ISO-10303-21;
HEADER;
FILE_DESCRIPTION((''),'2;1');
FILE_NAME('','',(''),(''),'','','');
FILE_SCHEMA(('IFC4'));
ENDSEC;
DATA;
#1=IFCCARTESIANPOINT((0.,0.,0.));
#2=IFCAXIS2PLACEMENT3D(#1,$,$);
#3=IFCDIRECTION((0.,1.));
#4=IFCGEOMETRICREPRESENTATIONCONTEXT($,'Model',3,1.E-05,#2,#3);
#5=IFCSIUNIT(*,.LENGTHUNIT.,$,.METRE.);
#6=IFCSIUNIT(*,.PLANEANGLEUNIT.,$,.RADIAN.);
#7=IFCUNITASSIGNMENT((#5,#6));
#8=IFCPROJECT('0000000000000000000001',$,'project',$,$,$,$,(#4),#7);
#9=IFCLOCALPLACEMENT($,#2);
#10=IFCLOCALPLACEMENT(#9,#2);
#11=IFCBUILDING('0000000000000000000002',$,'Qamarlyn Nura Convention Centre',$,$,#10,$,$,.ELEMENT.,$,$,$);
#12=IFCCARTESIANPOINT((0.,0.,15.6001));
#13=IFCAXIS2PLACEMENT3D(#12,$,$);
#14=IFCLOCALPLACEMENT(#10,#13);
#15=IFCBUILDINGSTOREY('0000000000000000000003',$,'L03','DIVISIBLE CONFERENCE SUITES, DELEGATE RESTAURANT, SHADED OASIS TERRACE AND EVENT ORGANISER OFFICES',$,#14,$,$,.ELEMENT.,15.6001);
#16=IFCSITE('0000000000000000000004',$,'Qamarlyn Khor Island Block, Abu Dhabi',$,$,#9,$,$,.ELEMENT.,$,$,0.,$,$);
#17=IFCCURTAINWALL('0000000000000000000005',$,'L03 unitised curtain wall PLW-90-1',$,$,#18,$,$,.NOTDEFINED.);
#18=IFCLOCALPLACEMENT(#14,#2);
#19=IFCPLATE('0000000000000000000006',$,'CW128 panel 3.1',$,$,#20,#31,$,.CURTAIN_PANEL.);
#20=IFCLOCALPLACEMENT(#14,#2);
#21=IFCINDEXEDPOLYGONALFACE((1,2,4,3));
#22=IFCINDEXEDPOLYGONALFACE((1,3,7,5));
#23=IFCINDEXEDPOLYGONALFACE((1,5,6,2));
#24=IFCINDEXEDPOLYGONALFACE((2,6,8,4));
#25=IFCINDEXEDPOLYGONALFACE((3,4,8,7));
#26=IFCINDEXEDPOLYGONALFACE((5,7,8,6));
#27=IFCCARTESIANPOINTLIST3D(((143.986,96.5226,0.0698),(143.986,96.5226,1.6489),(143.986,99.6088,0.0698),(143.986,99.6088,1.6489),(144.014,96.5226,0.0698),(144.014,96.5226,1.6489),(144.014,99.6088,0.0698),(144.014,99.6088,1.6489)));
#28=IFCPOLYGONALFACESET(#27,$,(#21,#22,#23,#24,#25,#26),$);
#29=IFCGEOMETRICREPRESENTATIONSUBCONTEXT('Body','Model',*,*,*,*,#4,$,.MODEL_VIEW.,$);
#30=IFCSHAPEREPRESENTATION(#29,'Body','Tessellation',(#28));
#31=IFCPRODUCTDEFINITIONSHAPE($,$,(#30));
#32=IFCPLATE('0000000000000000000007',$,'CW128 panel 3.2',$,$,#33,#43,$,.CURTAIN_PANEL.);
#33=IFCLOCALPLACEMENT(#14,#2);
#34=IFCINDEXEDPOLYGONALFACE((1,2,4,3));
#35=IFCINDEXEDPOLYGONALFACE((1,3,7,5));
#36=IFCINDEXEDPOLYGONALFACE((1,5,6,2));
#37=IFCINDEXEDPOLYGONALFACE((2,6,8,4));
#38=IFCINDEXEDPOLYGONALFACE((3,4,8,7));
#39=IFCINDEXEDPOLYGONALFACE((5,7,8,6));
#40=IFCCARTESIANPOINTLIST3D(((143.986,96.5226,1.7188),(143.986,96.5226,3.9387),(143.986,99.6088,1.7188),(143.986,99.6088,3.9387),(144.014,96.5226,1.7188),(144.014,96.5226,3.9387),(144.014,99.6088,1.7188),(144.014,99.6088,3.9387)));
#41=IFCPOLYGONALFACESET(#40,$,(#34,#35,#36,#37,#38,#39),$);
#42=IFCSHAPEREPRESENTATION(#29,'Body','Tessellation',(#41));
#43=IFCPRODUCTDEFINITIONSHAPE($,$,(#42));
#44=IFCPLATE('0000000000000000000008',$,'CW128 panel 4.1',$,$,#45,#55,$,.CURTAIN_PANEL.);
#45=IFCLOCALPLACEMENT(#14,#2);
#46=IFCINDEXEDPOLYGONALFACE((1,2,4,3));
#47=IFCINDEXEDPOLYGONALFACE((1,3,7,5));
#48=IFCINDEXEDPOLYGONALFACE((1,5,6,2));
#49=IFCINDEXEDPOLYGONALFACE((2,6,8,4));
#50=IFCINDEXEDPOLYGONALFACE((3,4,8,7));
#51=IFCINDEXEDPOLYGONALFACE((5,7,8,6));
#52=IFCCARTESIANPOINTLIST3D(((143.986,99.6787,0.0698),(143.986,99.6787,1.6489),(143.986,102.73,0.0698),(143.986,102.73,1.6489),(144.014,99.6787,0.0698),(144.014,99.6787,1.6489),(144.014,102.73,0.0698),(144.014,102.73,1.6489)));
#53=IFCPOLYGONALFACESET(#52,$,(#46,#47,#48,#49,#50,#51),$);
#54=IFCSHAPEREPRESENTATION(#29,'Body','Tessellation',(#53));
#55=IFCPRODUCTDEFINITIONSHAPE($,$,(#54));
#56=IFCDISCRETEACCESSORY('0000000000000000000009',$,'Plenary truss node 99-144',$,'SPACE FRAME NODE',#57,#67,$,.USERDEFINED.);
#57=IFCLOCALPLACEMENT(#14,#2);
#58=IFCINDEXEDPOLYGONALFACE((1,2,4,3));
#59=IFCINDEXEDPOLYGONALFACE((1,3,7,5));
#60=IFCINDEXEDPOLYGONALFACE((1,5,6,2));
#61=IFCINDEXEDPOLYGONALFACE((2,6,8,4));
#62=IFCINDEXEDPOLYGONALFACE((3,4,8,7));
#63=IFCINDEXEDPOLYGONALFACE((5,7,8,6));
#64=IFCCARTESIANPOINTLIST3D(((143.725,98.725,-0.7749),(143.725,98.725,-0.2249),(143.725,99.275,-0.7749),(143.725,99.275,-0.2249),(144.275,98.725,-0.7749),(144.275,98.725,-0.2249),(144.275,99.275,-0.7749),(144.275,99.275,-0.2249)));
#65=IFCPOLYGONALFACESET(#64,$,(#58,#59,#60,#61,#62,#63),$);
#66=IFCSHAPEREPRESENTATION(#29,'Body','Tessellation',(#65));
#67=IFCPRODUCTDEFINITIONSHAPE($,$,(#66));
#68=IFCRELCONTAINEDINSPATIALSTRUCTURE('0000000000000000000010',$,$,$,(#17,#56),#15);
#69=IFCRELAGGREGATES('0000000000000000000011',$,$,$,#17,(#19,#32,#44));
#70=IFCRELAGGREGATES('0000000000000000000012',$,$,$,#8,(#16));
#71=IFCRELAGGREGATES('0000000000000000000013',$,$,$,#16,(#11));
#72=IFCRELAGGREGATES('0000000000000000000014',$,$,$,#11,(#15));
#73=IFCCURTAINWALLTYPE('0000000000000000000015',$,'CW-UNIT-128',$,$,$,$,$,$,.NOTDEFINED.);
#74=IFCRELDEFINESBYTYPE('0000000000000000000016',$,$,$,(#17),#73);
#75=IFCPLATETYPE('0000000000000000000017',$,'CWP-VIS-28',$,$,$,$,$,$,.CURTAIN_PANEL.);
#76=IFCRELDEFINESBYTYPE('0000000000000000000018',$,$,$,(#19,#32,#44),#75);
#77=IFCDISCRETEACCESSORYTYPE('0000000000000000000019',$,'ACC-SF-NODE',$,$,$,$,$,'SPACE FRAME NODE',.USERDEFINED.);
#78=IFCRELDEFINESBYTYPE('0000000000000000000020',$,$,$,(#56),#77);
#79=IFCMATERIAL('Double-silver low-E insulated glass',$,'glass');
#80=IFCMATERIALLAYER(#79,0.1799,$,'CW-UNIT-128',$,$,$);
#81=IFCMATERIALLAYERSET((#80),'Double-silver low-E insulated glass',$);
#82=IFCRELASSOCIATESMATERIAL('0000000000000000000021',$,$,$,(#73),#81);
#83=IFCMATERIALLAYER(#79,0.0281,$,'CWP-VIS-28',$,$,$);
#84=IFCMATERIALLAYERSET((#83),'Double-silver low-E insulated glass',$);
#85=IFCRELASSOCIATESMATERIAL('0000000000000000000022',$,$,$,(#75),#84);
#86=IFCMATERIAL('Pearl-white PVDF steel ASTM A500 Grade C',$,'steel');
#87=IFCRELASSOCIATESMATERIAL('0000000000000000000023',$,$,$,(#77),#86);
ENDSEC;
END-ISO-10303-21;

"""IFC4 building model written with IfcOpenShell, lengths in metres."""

from ifc_helpers import new_model, si_unit, direction, frame, origin, origin_2d, place, context, subcontext, project, spatial, rectangle, extrude, material, layer, layer_set, type_object, element, aggregate, save


model = new_model("IFC4")

# Units and contexts
model_context = context("Model", 3, precision=1e-05, world=origin(), true_north=direction((0.0, 1.0)))
body_context = subcontext(model_context, "Body", "Model", "MODEL_VIEW")
ifc_project = project(units=[si_unit("LENGTHUNIT", "METRE"), si_unit("PLANEANGLEUNIT", "RADIAN")], contexts=[model_context])

# Site, building, storey
site_placement = place(None, origin())
site = spatial("IfcSite", under=ifc_project, at=site_placement, Name="Qamarlyn Khor Island Block, Abu Dhabi", CompositionType="ELEMENT", RefElevation=0.0)
building_placement = place(site_placement, origin())
building = spatial("IfcBuilding", under=site, at=building_placement, Name="Qamarlyn Nura Convention Centre", CompositionType="ELEMENT")
storey_placement = place(building_placement, frame((0.0, 0.0, 15.6001)))
storey = spatial("IfcBuildingStorey", under=building, at=storey_placement, Name="L03", Description="DIVISIBLE CONFERENCE SUITES, DELEGATE RESTAURANT, SHADED OASIS TERRACE AND EVENT ORGANISER OFFICES", CompositionType="ELEMENT", Elevation=15.6001)

# Curtain wall, plates
ifc_material_1 = material(Name="Double-silver low-E insulated glass", Category="glass")
ifc_layer_1 = layer(ifc_material_1, 0.1799, Name="CW-UNIT-128")
ifc_layer_set_1 = layer_set([ifc_layer_1], Name="Double-silver low-E insulated glass")
curtain_wall_type = type_object("IfcCurtainWallType", Name="CW-UNIT-128", PredefinedType="NOTDEFINED", material=ifc_layer_set_1)
curtain_wall_placement = place(storey_placement, origin())
curtain_wall = element("IfcCurtainWall", 1, at=curtain_wall_placement, inside=storey, type_object=curtain_wall_type, Name="L03 unitised curtain wall PLW-90-1", PredefinedType="NOTDEFINED")
ifc_layer_2 = layer(ifc_material_1, 0.0281, Name="CWP-VIS-28")
ifc_layer_set_2 = layer_set([ifc_layer_2], Name="Double-silver low-E insulated glass")
plate_type = type_object("IfcPlateType", Name="CWP-VIS-28", PredefinedType="CURTAIN_PANEL", material=ifc_layer_set_2)
plate_1_placement = place(storey_placement, frame((144.0, 98.0657, 0.0698), z_axis=(0.0, 0.0, 1.0), x_axis=(0.0, 1.0, 0.0)))
plate_1 = element("IfcPlate", 2, at=plate_1_placement, type_object=plate_type, Name="CW128 panel 3.1", PredefinedType="CURTAIN_PANEL", context=body_context, shape_type="SweptSolid", body=[
    extrude(rectangle(XDim=3.0862, YDim=0.0281, at=origin_2d()), origin(), (0.0, 0.0, 1.0), 1.5791),
])
plate_2_placement = place(storey_placement, frame((144.0, 98.0657, 1.7188), z_axis=(0.0, 0.0, 1.0), x_axis=(0.0, 1.0, 0.0)))
plate_2 = element("IfcPlate", 3, at=plate_2_placement, type_object=plate_type, Name="CW128 panel 3.2", PredefinedType="CURTAIN_PANEL", context=body_context, shape_type="SweptSolid", body=[
    extrude(rectangle(XDim=3.0862, YDim=0.0281, at=origin_2d()), origin(), (0.0, 0.0, 1.0), 2.22),
])
plate_3_placement = place(storey_placement, frame((144.0, 101.2043, 0.0698), z_axis=(0.0, 0.0, 1.0), x_axis=(0.0, 1.0, 0.0)))
plate_3 = element("IfcPlate", 4, at=plate_3_placement, type_object=plate_type, Name="CW128 panel 4.1", PredefinedType="CURTAIN_PANEL", context=body_context, shape_type="SweptSolid", body=[
    extrude(rectangle(XDim=3.0513, YDim=0.0281, at=origin_2d()), origin(), (0.0, 0.0, 1.0), 1.5791),
])
aggregate(curtain_wall, [plate_1, plate_2, plate_3])

# Discrete accessory
ifc_material_2 = material(Name="Pearl-white PVDF steel ASTM A500 Grade C", Category="steel")
discrete_accessory_type = type_object("IfcDiscreteAccessoryType", Name="ACC-SF-NODE", ElementType="SPACE FRAME NODE", PredefinedType="USERDEFINED", material=ifc_material_2)
discrete_accessory_placement = place(storey_placement, frame((144.0, 99.0, -0.7749), z_axis=(0.0, 0.0, 1.0), x_axis=(1.0, 0.0, 0.0)))
element("IfcDiscreteAccessory", 5, at=discrete_accessory_placement, inside=storey, type_object=discrete_accessory_type, Name="Plenary truss node 99-144", ObjectType="SPACE FRAME NODE", PredefinedType="USERDEFINED", context=body_context, shape_type="SweptSolid", body=[
    extrude(rectangle(XDim=0.55, YDim=0.55, at=origin_2d()), origin(), (0.0, 0.0, 1.0), 0.55),
])

save(model, "model.ifc")
